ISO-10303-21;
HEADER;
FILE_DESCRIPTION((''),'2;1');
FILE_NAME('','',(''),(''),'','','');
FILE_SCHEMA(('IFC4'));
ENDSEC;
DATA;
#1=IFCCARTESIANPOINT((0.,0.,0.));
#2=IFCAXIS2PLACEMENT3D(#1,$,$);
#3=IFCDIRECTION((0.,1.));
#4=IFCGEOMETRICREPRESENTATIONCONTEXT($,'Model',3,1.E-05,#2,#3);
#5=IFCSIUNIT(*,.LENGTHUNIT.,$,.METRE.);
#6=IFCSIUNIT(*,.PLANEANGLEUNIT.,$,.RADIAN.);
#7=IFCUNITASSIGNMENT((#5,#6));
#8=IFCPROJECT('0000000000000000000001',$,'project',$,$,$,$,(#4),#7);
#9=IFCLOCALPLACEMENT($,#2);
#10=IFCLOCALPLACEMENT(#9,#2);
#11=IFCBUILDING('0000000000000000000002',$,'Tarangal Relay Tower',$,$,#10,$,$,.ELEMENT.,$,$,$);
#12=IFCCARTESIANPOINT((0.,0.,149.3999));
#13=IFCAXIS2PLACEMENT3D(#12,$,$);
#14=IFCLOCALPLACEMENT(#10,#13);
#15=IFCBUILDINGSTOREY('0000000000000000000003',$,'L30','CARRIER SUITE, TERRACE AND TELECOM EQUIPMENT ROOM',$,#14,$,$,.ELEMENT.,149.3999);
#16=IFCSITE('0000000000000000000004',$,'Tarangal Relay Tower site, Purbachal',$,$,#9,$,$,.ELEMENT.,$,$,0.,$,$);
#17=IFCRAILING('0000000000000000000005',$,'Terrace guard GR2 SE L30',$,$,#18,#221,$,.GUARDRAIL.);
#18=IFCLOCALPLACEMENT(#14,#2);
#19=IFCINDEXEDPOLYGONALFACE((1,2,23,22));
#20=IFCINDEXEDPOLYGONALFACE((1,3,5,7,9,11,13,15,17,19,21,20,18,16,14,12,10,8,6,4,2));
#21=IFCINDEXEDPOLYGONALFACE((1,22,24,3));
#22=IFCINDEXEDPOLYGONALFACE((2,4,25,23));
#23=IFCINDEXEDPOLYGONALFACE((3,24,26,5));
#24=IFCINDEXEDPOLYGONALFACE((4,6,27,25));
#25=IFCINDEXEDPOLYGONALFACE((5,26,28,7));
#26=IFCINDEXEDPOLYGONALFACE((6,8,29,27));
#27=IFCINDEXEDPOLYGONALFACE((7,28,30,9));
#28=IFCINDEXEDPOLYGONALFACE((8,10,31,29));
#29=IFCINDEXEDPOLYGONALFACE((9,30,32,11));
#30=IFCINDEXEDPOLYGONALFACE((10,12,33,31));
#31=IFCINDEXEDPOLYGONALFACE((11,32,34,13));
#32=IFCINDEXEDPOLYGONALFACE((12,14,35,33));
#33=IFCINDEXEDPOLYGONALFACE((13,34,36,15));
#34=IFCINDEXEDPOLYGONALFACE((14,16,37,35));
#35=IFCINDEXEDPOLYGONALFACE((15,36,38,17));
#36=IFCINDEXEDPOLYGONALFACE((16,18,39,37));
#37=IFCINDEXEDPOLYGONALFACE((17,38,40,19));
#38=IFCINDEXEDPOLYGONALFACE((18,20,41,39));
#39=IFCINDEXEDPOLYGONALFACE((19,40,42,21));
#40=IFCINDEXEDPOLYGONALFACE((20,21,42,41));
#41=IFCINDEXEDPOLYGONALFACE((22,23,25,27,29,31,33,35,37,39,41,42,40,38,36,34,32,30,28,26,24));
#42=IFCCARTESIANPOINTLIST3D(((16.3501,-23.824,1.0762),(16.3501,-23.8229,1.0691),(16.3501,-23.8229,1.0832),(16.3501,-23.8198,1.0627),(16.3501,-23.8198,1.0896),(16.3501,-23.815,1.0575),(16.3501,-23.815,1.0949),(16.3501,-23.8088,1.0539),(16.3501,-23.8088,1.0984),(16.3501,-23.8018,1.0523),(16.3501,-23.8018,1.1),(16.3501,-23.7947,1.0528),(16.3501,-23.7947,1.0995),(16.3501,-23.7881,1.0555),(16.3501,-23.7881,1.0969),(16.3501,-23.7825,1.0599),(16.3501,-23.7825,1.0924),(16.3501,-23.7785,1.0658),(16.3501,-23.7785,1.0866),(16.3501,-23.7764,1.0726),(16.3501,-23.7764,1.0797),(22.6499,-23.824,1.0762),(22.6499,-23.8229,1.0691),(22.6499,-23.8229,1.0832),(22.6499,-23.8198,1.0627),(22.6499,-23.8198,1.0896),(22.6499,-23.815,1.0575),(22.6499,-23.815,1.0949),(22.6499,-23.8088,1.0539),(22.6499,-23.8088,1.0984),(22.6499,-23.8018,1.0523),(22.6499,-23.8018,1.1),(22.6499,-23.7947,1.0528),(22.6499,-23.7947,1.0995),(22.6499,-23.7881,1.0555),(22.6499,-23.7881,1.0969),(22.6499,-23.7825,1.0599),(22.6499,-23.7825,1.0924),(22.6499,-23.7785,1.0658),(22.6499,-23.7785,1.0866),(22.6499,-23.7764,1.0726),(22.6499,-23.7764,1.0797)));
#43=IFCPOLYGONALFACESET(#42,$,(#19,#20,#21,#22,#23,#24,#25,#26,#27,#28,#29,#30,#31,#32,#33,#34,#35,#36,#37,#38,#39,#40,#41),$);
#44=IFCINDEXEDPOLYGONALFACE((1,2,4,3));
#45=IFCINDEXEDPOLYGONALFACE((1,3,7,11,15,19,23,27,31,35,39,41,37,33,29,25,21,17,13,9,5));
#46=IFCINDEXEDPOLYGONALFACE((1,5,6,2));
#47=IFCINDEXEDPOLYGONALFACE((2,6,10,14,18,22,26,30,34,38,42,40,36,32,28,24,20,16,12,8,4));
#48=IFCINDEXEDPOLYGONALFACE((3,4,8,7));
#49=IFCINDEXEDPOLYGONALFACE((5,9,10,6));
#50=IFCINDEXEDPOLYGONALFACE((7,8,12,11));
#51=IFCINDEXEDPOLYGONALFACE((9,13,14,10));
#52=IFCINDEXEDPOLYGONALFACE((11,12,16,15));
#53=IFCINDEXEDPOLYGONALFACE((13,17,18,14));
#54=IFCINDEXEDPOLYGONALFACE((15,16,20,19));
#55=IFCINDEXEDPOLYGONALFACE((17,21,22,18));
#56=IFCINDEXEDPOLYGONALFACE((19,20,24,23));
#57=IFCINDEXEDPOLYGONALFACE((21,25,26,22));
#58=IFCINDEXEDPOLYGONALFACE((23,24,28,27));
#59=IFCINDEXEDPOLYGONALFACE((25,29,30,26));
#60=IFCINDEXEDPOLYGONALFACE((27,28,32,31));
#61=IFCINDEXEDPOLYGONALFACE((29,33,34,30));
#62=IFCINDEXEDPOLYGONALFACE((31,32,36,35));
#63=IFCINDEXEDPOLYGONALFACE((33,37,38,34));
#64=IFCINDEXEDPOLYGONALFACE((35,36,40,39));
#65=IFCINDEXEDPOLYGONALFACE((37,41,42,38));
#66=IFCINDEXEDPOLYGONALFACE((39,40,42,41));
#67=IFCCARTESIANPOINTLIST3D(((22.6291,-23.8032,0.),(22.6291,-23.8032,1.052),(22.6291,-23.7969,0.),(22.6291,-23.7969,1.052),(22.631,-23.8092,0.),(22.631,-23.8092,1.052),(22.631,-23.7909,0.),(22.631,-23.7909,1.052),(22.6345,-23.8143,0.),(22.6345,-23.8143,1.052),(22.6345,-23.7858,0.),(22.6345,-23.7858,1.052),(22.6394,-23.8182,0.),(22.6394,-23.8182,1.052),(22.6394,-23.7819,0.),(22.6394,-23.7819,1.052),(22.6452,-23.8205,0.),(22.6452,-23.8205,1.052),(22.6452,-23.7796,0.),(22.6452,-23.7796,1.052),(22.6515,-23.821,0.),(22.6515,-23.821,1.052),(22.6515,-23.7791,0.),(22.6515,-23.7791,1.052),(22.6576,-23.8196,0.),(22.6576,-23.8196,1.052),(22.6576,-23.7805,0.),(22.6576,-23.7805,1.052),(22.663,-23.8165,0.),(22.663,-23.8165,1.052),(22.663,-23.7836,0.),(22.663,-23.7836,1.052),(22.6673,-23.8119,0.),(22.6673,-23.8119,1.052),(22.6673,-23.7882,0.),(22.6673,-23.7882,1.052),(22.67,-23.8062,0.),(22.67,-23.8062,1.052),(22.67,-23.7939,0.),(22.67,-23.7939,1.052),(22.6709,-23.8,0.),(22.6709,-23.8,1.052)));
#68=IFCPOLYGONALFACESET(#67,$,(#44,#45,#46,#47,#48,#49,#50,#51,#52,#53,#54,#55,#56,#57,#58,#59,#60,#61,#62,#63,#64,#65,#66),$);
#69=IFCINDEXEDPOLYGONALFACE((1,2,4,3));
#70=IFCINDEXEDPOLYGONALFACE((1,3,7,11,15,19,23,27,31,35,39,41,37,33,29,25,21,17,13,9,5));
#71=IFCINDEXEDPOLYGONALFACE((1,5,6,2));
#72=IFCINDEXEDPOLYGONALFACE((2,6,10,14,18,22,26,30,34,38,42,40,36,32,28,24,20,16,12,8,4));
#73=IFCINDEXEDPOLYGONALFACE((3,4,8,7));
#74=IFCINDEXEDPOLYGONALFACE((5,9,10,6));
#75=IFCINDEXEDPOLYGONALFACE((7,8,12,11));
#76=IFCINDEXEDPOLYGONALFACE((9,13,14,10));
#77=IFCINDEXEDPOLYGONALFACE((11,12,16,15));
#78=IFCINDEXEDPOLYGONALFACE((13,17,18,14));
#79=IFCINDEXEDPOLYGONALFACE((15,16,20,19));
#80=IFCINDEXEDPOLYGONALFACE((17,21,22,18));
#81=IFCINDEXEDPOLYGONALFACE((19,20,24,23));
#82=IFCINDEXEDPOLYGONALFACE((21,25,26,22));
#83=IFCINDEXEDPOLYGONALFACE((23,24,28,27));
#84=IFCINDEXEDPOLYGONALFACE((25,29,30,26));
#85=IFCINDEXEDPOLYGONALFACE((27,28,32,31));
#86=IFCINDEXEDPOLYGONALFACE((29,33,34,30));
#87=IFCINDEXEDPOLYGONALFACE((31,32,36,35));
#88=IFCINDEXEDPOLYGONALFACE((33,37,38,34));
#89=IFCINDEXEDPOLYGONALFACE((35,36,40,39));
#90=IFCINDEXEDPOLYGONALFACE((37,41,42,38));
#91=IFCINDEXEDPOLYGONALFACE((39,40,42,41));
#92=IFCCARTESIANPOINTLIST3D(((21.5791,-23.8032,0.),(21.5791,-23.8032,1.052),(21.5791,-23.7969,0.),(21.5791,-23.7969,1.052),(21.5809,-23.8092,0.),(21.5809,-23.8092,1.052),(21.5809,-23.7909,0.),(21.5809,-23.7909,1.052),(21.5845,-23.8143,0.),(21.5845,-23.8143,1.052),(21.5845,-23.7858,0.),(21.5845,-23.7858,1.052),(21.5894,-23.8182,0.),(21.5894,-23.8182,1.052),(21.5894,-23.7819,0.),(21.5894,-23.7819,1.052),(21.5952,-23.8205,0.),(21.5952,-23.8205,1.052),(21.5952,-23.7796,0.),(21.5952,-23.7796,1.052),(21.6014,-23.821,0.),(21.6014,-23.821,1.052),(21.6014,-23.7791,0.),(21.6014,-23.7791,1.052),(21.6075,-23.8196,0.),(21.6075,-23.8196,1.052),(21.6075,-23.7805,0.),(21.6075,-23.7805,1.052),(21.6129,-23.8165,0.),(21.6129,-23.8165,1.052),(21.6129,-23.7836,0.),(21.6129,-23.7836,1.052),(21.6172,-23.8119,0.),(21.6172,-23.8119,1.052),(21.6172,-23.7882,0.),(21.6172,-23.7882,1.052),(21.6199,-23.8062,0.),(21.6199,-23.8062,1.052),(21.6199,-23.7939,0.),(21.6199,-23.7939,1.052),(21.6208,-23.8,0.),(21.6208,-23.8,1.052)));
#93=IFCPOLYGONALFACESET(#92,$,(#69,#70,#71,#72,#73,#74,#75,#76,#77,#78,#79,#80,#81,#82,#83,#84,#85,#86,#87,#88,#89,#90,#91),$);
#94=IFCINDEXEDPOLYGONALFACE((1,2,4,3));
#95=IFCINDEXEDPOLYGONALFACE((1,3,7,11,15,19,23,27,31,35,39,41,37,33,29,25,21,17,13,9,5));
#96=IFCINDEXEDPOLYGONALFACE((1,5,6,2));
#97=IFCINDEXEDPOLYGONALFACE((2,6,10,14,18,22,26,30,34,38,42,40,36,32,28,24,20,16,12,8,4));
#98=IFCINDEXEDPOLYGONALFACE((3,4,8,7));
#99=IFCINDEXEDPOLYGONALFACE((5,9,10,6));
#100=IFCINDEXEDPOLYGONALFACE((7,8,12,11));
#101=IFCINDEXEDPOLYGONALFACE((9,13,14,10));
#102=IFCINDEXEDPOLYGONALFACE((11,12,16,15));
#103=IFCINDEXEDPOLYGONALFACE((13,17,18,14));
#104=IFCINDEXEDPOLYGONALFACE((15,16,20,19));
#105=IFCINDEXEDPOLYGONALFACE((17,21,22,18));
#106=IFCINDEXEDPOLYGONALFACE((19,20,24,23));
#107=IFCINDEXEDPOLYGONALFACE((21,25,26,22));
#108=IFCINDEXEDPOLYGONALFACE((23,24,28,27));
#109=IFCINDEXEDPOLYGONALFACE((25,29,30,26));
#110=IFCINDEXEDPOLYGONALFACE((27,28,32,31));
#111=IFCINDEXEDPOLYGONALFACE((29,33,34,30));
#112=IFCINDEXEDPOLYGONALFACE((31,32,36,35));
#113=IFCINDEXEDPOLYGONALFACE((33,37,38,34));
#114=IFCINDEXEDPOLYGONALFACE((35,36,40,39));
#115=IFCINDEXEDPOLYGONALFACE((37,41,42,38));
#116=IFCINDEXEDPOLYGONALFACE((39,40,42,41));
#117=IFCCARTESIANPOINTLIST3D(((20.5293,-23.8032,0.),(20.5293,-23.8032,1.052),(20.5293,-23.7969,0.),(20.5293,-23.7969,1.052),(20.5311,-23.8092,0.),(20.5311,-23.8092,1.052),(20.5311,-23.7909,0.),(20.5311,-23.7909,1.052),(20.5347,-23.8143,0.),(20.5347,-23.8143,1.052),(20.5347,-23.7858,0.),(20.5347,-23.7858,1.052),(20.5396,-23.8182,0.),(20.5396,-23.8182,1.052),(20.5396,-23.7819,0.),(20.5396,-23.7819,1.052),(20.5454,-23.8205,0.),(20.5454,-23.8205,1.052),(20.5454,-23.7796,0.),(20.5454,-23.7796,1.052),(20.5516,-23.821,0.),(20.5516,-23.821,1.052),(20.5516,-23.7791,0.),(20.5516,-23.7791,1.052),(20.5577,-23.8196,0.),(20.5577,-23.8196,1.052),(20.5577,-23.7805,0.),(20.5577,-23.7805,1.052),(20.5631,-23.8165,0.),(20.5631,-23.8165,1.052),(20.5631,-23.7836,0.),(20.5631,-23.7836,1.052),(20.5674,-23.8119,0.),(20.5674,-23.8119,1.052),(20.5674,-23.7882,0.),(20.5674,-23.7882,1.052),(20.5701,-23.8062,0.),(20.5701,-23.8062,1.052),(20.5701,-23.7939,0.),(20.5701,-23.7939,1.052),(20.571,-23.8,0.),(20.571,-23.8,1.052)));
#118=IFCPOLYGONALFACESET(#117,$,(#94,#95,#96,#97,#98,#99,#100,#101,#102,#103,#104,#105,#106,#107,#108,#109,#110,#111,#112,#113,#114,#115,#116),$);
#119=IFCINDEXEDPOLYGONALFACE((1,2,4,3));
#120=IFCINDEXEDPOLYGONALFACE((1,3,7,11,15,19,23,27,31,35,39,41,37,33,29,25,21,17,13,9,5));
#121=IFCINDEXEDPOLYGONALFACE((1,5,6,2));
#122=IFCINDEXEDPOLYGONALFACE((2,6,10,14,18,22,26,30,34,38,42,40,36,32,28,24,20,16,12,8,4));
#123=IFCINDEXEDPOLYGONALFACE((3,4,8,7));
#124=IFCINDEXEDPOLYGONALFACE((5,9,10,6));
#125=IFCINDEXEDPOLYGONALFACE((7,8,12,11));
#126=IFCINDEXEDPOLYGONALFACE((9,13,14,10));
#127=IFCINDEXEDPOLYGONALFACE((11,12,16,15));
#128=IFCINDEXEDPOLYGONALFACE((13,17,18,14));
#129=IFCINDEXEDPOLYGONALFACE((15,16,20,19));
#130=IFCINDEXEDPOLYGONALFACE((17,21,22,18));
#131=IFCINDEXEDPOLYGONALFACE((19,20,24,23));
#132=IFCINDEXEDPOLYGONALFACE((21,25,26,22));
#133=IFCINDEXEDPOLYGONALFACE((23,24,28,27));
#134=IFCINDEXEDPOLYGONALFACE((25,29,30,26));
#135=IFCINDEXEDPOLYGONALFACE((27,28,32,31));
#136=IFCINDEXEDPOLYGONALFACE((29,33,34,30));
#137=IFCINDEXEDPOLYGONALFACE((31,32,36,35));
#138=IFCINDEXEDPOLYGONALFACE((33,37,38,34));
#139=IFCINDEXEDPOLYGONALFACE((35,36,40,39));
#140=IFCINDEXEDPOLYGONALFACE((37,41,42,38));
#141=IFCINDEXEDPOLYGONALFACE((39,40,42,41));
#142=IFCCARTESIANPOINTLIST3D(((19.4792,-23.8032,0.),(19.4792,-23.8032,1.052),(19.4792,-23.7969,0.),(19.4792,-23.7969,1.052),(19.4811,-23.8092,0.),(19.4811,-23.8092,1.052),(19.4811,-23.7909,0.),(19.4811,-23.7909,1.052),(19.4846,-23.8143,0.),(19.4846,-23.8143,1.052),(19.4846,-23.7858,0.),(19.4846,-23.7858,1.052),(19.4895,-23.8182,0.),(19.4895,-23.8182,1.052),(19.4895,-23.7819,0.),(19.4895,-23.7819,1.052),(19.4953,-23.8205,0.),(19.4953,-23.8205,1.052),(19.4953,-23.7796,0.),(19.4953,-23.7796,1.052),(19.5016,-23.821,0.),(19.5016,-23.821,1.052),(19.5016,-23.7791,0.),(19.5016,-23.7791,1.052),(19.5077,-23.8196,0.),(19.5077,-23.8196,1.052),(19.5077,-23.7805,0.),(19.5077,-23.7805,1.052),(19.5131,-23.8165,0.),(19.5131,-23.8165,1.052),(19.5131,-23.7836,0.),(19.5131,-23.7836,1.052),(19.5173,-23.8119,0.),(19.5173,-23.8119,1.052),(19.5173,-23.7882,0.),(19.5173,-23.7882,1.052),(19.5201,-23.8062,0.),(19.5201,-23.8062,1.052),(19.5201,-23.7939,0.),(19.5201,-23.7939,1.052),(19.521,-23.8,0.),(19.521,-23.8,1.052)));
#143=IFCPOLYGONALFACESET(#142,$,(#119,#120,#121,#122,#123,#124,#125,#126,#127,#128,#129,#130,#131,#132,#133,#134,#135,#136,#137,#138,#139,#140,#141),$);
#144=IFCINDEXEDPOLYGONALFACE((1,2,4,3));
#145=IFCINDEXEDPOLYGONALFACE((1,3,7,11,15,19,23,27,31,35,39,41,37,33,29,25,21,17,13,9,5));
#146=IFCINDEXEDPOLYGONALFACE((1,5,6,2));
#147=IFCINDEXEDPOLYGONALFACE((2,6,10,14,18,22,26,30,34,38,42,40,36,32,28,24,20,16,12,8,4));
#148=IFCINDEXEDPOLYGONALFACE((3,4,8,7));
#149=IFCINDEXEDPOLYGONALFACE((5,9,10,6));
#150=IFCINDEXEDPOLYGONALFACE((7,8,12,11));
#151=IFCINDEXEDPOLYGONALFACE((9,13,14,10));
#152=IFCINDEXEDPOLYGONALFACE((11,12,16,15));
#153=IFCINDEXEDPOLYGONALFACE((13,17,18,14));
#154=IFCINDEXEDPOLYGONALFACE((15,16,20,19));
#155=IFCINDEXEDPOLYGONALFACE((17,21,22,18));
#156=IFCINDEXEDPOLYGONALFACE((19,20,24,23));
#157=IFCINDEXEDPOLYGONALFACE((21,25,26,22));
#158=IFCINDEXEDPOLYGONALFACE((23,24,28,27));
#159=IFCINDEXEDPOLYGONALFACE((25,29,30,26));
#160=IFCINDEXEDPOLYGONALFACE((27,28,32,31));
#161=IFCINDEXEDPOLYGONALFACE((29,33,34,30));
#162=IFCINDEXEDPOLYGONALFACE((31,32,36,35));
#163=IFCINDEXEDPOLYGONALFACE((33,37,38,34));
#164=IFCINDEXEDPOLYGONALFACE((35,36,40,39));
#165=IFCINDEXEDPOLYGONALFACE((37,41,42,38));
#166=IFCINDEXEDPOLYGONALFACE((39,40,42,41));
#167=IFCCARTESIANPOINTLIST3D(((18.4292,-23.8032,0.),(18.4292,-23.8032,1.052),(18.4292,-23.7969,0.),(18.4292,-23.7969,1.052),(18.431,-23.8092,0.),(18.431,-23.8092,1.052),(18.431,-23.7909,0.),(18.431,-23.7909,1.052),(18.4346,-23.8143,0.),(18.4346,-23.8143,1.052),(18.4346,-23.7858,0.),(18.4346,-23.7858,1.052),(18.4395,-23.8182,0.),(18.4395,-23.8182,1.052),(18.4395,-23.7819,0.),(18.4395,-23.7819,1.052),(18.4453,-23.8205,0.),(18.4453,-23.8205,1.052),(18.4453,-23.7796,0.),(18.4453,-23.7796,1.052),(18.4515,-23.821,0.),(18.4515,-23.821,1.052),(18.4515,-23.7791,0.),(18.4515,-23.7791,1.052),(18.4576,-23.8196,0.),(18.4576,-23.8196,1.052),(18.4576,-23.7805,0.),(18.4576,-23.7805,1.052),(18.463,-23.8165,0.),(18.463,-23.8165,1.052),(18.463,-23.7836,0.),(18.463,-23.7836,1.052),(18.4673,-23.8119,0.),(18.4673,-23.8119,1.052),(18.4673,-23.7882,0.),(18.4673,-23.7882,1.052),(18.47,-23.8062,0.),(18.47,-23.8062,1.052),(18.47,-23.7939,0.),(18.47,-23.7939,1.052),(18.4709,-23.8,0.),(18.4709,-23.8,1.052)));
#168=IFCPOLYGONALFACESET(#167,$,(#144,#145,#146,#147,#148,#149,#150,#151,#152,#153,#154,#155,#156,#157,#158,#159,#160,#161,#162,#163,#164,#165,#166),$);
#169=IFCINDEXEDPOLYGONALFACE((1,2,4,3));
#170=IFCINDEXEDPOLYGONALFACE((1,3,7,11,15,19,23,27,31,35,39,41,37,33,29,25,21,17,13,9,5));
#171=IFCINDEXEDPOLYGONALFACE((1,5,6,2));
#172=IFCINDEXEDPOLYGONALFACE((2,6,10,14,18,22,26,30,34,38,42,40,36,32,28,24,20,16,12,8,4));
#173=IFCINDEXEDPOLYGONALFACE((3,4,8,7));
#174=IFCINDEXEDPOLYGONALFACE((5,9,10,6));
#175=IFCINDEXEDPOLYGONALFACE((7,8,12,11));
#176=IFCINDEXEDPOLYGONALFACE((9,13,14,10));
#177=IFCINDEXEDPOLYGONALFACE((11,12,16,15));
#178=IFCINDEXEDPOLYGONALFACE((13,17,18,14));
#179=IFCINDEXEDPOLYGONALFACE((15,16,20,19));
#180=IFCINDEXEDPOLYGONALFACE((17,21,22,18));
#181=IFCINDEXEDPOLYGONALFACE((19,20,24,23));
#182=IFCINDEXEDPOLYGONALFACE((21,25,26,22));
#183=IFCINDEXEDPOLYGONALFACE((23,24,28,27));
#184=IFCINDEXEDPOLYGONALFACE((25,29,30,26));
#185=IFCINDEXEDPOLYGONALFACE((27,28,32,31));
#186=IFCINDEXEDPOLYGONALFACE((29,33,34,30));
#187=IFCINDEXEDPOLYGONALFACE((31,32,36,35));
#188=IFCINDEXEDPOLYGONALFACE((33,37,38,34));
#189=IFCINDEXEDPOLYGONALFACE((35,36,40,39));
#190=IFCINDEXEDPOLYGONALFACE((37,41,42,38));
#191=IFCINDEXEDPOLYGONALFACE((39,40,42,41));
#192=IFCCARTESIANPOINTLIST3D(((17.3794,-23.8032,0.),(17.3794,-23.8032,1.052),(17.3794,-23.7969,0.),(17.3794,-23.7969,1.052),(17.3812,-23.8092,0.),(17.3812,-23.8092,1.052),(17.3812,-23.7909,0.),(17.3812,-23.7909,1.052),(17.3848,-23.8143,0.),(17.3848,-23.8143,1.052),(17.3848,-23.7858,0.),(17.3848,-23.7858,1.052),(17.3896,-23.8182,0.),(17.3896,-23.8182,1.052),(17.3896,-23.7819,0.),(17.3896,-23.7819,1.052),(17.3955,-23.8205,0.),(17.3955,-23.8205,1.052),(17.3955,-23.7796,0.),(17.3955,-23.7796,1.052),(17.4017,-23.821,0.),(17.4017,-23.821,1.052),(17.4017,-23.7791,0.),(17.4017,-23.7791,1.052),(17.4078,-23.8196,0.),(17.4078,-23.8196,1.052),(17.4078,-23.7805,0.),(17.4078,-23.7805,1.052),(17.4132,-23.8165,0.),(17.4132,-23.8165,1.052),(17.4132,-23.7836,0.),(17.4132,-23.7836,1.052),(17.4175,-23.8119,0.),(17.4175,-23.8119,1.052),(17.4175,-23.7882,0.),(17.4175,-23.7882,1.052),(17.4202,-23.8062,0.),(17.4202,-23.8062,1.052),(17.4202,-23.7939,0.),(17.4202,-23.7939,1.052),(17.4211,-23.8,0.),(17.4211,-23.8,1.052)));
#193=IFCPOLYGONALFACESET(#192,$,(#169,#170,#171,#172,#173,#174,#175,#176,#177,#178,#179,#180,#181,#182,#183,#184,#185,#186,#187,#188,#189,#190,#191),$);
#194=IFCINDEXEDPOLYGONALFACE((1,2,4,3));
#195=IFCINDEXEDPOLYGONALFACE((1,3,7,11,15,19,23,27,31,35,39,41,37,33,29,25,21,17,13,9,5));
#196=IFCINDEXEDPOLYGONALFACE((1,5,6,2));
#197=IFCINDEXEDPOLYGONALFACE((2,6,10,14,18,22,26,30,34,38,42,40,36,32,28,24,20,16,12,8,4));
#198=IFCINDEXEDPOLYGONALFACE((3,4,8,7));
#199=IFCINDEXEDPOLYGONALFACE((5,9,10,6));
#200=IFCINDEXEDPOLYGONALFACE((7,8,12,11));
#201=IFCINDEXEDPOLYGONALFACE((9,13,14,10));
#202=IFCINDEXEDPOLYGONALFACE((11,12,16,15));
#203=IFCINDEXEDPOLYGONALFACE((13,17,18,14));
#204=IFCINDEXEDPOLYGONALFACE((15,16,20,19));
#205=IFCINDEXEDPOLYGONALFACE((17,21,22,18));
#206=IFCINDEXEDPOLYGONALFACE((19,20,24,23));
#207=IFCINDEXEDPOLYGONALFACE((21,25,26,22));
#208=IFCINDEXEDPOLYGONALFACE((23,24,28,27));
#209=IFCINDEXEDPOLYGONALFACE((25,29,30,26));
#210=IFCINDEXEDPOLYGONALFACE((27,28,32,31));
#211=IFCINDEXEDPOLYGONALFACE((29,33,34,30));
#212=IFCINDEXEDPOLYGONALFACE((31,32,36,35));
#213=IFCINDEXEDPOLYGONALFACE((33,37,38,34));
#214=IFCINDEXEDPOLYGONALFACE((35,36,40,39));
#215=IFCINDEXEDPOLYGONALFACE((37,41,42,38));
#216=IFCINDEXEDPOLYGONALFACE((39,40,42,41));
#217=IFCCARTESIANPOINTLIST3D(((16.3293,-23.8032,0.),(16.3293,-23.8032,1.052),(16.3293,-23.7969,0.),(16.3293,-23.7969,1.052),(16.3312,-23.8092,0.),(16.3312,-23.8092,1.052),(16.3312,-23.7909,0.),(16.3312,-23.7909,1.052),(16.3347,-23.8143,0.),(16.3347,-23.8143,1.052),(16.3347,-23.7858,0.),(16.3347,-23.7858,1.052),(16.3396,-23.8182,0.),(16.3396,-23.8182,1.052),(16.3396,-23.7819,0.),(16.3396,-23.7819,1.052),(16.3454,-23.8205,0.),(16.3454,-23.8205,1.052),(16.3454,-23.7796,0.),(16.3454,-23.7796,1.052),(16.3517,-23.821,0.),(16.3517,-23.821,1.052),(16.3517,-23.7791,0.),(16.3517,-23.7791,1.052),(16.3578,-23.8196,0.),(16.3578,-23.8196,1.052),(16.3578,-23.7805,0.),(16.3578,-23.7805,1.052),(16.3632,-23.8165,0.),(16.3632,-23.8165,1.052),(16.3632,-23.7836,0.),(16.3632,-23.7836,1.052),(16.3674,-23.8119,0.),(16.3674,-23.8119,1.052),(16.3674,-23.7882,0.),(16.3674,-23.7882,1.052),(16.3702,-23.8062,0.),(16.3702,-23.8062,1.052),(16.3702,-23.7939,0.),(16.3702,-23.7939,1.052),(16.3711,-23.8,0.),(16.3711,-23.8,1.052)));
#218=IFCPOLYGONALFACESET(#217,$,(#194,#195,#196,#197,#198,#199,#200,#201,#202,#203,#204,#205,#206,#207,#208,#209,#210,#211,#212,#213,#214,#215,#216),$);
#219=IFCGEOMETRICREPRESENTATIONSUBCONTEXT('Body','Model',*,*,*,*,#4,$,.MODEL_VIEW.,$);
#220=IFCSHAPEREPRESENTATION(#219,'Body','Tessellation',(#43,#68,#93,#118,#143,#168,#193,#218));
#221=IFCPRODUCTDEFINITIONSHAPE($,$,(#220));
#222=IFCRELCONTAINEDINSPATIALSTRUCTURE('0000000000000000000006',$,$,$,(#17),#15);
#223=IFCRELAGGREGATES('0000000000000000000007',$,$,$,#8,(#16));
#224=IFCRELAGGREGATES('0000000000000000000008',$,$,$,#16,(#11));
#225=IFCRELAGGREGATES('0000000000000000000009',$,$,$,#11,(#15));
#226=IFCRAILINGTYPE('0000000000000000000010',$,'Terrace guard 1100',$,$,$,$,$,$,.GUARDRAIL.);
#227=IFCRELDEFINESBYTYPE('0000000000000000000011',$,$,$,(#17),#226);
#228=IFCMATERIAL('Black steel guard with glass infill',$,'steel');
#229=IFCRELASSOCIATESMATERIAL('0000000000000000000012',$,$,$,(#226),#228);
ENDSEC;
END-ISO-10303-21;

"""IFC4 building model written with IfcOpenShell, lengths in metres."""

from ifc_helpers import new_model, si_unit, direction, frame, origin, origin_2d, place, context, subcontext, project, spatial, circle, extrude, material, type_object, element, save


model = new_model("IFC4")

# Units and contexts
model_context = context("Model", 3, precision=1e-05, world=origin(), true_north=direction((0.0, 1.0)))
body_context = subcontext(model_context, "Body", "Model", "MODEL_VIEW")
ifc_project = project(units=[si_unit("LENGTHUNIT", "METRE"), si_unit("PLANEANGLEUNIT", "RADIAN")], contexts=[model_context])

# Site, building, storey
site_placement = place(None, origin())
site = spatial("IfcSite", under=ifc_project, at=site_placement, Name="Tarangal Relay Tower site, Purbachal", CompositionType="ELEMENT", RefElevation=0.0)
building_placement = place(site_placement, origin())
building = spatial("IfcBuilding", under=site, at=building_placement, Name="Tarangal Relay Tower", CompositionType="ELEMENT")
storey_placement = place(building_placement, frame((0.0, 0.0, 149.3999)))
storey = spatial("IfcBuildingStorey", under=building, at=storey_placement, Name="L30", Description="CARRIER SUITE, TERRACE AND TELECOM EQUIPMENT ROOM", CompositionType="ELEMENT", Elevation=149.3999)

# Railing
ifc_material_1 = material(Name="Black steel guard with glass infill", Category="steel")
railing_type = type_object("IfcRailingType", Name="Terrace guard 1100", PredefinedType="GUARDRAIL", material=ifc_material_1)
railing_1_placement = place(storey_placement, frame((22.6499, -23.8, 0.0)))
element("IfcRailing", 1, at=railing_1_placement, inside=storey, type_object=railing_type, Name="Terrace guard GR2 SE L30", PredefinedType="GUARDRAIL", context=body_context, shape_type="SweptSolid", body=[
    extrude(circle(Radius=0.0239, at=origin_2d()), frame((0.0, 0.0, 1.0762), z_axis=(-1.0, 0.0, 0.0), x_axis=(0.0, -1.0, 0.0)), (0.0, 0.0, 1.0), 6.2998),
    extrude(circle(Radius=0.021, at=origin_2d()), origin(), (0.0, 0.0, 1.0), 1.052),
    extrude(circle(Radius=0.021, at=origin_2d()), frame((-1.05, 0.0, 0.0)), (0.0, 0.0, 1.0), 1.052),
    extrude(circle(Radius=0.021, at=origin_2d()), frame((-2.0999, 0.0, 0.0)), (0.0, 0.0, 1.0), 1.052),
    extrude(circle(Radius=0.021, at=origin_2d()), frame((-3.1499, 0.0, 0.0)), (0.0, 0.0, 1.0), 1.052),
    extrude(circle(Radius=0.021, at=origin_2d()), frame((-4.2, 0.0, 0.0)), (0.0, 0.0, 1.0), 1.052),
    extrude(circle(Radius=0.021, at=origin_2d()), frame((-5.2498, 0.0, 0.0)), (0.0, 0.0, 1.0), 1.052),
    extrude(circle(Radius=0.021, at=origin_2d()), frame((-6.2998, 0.0, 0.0)), (0.0, 0.0, 1.0), 1.052),
])

save(model, "model.ifc")
